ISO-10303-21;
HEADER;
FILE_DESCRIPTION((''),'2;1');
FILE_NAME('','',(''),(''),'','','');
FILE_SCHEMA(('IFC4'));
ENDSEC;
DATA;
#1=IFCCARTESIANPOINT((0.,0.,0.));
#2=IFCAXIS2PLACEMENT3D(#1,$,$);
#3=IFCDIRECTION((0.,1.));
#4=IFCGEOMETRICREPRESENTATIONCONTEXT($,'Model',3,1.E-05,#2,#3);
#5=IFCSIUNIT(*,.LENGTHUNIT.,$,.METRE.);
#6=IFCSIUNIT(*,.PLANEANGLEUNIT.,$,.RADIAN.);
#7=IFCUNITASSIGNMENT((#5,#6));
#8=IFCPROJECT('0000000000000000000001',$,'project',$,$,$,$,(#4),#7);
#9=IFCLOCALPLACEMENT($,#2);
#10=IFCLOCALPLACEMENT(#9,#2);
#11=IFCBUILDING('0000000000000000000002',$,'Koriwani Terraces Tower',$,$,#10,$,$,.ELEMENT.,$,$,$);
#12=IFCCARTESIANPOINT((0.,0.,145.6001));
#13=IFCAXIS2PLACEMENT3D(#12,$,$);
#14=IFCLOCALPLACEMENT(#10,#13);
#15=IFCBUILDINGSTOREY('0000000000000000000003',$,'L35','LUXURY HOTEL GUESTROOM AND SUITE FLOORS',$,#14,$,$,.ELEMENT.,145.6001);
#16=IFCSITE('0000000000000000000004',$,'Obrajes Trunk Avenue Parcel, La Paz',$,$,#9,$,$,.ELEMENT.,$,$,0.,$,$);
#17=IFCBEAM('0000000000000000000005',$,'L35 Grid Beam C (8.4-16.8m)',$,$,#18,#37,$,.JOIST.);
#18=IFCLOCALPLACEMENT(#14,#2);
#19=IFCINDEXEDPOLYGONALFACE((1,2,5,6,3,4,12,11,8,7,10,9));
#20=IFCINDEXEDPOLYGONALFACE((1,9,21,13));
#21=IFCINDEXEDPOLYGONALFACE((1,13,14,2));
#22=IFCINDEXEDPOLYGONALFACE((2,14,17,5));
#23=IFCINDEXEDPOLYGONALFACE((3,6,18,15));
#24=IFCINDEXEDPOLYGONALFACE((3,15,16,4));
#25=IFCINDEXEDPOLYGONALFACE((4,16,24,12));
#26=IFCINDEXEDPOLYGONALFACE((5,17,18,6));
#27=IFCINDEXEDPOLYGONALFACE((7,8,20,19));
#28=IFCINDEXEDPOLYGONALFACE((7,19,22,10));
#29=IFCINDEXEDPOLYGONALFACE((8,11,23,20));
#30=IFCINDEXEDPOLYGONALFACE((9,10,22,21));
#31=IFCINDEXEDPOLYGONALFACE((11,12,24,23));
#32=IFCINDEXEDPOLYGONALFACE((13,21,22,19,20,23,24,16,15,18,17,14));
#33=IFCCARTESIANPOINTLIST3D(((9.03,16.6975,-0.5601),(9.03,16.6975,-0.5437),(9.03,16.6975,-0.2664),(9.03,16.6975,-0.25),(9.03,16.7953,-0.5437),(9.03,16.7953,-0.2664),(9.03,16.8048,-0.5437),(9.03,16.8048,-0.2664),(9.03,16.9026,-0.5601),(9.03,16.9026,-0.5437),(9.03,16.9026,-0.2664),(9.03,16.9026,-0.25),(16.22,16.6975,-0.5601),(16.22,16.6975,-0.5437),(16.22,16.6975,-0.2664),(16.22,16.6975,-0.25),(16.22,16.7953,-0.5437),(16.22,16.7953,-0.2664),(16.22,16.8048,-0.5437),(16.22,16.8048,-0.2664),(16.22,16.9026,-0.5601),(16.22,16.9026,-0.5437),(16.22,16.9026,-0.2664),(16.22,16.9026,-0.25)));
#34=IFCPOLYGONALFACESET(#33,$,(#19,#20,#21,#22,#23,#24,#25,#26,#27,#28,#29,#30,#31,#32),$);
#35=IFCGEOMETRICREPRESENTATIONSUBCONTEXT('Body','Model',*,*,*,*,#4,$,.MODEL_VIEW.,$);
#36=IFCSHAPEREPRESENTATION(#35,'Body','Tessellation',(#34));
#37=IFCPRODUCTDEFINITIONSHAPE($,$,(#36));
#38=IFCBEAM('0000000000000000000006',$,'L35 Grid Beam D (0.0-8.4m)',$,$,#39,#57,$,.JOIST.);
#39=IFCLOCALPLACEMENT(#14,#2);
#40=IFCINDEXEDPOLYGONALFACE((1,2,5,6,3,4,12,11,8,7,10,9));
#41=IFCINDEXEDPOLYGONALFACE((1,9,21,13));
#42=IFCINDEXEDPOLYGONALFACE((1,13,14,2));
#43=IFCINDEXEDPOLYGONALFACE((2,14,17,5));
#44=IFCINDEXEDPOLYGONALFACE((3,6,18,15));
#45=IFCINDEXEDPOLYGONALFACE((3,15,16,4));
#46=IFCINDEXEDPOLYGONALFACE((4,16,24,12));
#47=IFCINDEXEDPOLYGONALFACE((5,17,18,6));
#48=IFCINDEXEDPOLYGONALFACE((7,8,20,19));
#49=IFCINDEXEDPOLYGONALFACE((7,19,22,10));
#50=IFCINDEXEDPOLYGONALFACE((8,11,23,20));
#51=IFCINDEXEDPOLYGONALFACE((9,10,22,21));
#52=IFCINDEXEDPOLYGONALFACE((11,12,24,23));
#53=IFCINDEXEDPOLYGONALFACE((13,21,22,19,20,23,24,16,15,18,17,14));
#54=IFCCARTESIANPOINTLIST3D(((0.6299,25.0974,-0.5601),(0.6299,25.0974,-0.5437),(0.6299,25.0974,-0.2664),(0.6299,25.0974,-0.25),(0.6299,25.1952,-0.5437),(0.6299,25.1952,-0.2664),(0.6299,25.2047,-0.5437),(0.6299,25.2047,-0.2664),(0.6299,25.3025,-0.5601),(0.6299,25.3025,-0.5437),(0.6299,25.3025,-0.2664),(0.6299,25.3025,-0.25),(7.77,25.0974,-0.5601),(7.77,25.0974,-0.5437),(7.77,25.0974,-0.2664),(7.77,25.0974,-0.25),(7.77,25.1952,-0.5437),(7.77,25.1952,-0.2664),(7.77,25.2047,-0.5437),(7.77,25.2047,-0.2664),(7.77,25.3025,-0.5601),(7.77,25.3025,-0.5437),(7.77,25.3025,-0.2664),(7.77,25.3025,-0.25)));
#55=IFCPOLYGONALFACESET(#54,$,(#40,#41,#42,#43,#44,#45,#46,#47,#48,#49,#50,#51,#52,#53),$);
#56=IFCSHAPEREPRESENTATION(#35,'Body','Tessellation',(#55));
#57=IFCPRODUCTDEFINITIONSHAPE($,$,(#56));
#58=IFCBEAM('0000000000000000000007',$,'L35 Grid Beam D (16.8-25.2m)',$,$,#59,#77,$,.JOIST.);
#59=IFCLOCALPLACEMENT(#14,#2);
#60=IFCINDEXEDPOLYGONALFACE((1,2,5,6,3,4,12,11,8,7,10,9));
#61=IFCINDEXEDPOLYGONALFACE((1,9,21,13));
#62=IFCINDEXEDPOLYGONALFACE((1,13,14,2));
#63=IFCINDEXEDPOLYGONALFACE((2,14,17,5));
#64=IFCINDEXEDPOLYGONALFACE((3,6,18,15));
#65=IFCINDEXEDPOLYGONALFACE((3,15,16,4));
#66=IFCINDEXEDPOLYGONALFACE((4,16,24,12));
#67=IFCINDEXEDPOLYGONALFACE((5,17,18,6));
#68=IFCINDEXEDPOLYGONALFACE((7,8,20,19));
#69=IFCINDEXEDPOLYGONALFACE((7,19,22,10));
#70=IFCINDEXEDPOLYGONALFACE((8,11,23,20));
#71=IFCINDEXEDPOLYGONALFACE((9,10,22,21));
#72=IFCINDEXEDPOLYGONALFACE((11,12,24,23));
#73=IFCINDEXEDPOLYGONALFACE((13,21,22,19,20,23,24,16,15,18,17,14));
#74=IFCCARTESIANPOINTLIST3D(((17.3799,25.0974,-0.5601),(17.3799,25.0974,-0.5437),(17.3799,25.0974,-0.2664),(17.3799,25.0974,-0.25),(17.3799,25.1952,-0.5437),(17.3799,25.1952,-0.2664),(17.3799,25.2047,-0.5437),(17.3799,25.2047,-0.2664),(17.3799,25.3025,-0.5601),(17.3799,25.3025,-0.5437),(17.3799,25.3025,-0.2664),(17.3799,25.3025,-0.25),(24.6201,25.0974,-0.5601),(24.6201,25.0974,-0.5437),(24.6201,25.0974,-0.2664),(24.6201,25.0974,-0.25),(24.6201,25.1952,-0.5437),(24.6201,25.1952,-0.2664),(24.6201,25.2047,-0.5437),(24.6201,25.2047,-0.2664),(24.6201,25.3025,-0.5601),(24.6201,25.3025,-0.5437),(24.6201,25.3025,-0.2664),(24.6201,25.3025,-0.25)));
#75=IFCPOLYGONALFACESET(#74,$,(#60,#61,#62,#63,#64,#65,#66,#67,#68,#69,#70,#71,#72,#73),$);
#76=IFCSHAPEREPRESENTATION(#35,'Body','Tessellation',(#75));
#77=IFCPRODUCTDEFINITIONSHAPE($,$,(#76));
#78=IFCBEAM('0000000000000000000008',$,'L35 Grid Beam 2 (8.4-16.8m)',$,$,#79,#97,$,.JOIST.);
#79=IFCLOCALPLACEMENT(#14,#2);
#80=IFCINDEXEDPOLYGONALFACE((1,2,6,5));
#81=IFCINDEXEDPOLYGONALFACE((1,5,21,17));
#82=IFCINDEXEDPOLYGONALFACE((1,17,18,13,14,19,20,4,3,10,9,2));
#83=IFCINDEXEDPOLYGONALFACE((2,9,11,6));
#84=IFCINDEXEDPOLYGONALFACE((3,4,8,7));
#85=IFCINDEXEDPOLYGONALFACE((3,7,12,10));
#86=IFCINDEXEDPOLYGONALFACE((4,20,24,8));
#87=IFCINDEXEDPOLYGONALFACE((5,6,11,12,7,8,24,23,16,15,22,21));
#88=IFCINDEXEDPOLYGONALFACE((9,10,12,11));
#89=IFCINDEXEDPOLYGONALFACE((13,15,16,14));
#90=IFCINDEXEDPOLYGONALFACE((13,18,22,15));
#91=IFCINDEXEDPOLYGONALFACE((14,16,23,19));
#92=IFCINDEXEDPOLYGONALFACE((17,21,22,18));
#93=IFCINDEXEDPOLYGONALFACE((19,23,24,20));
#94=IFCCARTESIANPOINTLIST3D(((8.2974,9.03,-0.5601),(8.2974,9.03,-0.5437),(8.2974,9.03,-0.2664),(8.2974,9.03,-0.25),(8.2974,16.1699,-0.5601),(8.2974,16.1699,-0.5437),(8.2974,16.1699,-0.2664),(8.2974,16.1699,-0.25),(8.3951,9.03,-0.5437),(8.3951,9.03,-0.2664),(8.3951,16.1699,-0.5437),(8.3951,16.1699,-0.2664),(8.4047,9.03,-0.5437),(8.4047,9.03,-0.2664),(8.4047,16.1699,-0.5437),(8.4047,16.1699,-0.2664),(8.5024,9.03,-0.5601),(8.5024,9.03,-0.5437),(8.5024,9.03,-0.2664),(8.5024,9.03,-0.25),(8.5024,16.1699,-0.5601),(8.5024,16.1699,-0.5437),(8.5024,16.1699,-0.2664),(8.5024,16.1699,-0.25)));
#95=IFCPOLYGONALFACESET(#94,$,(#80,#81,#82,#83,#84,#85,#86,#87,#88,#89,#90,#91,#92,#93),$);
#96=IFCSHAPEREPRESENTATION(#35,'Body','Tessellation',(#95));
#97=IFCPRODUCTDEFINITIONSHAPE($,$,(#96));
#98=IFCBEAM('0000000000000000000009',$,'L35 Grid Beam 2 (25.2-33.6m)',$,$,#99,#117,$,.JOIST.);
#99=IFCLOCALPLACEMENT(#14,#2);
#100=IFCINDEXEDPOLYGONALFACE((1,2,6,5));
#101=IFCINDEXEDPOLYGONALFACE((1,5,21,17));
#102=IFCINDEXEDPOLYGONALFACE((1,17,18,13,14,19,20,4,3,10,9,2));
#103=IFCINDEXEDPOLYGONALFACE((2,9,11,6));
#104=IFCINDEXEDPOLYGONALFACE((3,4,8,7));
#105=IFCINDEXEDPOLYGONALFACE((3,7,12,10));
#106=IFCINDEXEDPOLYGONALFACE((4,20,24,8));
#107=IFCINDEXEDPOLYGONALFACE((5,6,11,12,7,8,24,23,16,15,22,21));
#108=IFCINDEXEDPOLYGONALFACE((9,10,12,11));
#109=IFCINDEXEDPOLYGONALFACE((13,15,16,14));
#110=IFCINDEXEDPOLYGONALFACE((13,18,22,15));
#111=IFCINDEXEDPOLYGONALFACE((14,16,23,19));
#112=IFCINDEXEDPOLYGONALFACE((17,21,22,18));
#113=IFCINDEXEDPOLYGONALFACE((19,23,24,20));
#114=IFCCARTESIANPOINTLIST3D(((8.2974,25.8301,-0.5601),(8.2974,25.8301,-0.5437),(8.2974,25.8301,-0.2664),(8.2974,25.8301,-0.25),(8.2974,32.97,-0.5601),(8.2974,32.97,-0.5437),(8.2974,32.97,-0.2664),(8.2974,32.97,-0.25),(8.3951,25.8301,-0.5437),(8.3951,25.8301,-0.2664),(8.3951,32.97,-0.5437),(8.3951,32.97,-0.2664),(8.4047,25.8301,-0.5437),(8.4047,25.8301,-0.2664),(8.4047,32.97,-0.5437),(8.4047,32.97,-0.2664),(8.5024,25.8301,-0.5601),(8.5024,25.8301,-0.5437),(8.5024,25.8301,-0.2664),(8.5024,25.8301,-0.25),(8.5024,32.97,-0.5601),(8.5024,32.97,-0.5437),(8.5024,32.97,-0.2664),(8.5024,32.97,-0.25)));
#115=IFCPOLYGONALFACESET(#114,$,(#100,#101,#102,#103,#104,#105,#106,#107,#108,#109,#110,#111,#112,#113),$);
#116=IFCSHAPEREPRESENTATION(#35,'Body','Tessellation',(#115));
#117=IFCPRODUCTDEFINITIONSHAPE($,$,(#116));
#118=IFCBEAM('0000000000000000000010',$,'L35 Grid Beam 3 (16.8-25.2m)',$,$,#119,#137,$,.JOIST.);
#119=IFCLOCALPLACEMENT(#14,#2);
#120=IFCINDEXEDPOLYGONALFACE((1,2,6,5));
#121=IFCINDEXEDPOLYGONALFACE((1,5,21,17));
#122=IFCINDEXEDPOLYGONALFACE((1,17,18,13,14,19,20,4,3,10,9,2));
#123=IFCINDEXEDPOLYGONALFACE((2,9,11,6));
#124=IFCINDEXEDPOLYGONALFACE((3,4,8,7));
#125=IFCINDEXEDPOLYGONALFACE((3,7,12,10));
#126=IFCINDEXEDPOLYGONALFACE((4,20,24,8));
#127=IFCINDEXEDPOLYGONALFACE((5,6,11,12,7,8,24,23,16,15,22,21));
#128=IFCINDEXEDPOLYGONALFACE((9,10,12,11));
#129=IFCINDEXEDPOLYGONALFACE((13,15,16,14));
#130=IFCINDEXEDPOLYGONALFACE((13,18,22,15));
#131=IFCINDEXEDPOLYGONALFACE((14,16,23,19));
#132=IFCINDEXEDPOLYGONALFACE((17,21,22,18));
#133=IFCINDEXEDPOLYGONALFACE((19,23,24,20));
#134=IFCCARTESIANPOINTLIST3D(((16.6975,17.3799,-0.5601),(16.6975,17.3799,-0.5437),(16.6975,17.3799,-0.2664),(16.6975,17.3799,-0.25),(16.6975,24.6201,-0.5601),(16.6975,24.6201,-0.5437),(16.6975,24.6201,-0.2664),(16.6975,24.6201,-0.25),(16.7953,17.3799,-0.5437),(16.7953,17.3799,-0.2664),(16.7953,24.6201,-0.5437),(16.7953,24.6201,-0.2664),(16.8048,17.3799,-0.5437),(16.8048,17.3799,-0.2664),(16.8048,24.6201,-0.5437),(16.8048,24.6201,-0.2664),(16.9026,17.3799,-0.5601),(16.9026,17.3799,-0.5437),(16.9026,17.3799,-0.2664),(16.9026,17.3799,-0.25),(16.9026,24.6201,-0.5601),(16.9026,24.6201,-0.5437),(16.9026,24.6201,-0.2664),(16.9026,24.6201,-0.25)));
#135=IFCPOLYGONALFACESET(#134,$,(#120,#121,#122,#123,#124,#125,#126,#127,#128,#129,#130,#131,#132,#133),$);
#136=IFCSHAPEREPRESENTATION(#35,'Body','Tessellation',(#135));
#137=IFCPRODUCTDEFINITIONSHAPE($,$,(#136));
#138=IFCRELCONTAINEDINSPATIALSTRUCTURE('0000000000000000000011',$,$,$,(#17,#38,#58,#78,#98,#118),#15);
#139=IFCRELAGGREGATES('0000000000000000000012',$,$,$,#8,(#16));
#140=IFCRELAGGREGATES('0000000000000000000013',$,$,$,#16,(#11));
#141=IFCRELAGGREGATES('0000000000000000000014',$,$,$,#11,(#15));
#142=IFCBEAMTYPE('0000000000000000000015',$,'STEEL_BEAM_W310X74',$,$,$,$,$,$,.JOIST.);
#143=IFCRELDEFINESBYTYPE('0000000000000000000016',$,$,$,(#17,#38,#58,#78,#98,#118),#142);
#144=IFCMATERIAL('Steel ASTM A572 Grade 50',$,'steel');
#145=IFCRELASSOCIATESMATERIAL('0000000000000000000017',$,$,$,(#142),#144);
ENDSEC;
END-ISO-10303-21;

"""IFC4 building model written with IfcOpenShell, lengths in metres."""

from ifc_helpers import new_model, si_unit, direction, frame, origin, origin_2d, place, context, subcontext, project, spatial, i_section, extrude, material, material_profile, profile_set, type_object, element, save


model = new_model("IFC4")

# Units and contexts
model_context = context("Model", 3, precision=1e-05, world=origin(), true_north=direction((0.0, 1.0)))
body_context = subcontext(model_context, "Body", "Model", "MODEL_VIEW")
ifc_project = project(units=[si_unit("LENGTHUNIT", "METRE"), si_unit("PLANEANGLEUNIT", "RADIAN")], contexts=[model_context])

# Site, building, storey
site_placement = place(None, origin())
site = spatial("IfcSite", under=ifc_project, at=site_placement, Name="Obrajes Trunk Avenue Parcel, La Paz", CompositionType="ELEMENT", RefElevation=0.0)
building_placement = place(site_placement, origin())
building = spatial("IfcBuilding", under=site, at=building_placement, Name="Koriwani Terraces Tower", CompositionType="ELEMENT")
storey_placement = place(building_placement, frame((0.0, 0.0, 145.6001)))
storey = spatial("IfcBuildingStorey", under=building, at=storey_placement, Name="L35", Description="LUXURY HOTEL GUESTROOM AND SUITE FLOORS", CompositionType="ELEMENT", Elevation=145.6001)

# Beams
ifc_material_1 = material(Name="Steel ASTM A572 Grade 50", Category="steel")
ifc_material_profile_1 = material_profile(ifc_material_1, i_section(OverallWidth=0.2051, OverallDepth=0.3101, WebThickness=0.0095, FlangeThickness=0.0164, at=origin_2d()), Name="Steel ASTM A572 Grade 50", Category="LoadBearing")
ifc_profile_set_1 = profile_set([ifc_material_profile_1], Name="Steel ASTM A572 Grade 50")
beam_type_1 = type_object("IfcBeamType", Name="STEEL_BEAM_W310X74", PredefinedType="JOIST", material=ifc_profile_set_1)
beam_1_placement = place(storey_placement, frame((9.03, 16.8, -0.405), z_axis=(1.0, 0.0, 0.0), x_axis=(0.0, 1.0, 0.0)))
element("IfcBeam", 1, at=beam_1_placement, inside=storey, type_object=beam_type_1, Name="L35 Grid Beam C (8.4-16.8m)", PredefinedType="JOIST", context=body_context, shape_type="SweptSolid", body=[
    extrude(i_section(OverallWidth=0.2051, OverallDepth=0.3101, WebThickness=0.0095, FlangeThickness=0.0164, at=origin_2d()), origin(), (0.0, 0.0, 1.0), 7.1899),
])
beam_2_placement = place(storey_placement, frame((0.6299, 25.2, -0.405), z_axis=(1.0, 0.0, 0.0), x_axis=(0.0, 1.0, 0.0)))
element("IfcBeam", 2, at=beam_2_placement, inside=storey, type_object=beam_type_1, Name="L35 Grid Beam D (0.0-8.4m)", PredefinedType="JOIST", context=body_context, shape_type="SweptSolid", body=[
    extrude(i_section(OverallWidth=0.2051, OverallDepth=0.3101, WebThickness=0.0095, FlangeThickness=0.0164, at=origin_2d()), origin(), (0.0, 0.0, 1.0), 7.1401),
])
beam_3_placement = place(storey_placement, frame((17.3799, 25.2, -0.405), z_axis=(1.0, 0.0, 0.0), x_axis=(0.0, 1.0, 0.0)))
element("IfcBeam", 3, at=beam_3_placement, inside=storey, type_object=beam_type_1, Name="L35 Grid Beam D (16.8-25.2m)", PredefinedType="JOIST", context=body_context, shape_type="SweptSolid", body=[
    extrude(i_section(OverallWidth=0.2051, OverallDepth=0.3101, WebThickness=0.0095, FlangeThickness=0.0164, at=origin_2d()), origin(), (0.0, 0.0, 1.0), 7.2402),
])
for number, where, z_axis, x_axis, name in (
    (4, (8.3999, 9.03, -0.405), (0.0, 1.0, 0.0), (-1.0, 0.0, 0.0), "L35 Grid Beam 2 (8.4-16.8m)"),
    (5, (8.3999, 25.8301, -0.405), (0.0, 1.0, 0.0), (-1.0, 0.0, 0.0), "L35 Grid Beam 2 (25.2-33.6m)"),
):
    element("IfcBeam", number, at=place(storey_placement, frame(where, z_axis=z_axis, x_axis=x_axis)), inside=storey, type_object=beam_type_1, Name=name, PredefinedType="JOIST", context=body_context, shape_type="SweptSolid", body=[
        extrude(i_section(OverallWidth=0.2051, OverallDepth=0.3101, WebThickness=0.0095, FlangeThickness=0.0164, at=origin_2d()), origin(), (0.0, 0.0, 1.0), 7.1399),
    ])
beam_4_placement = place(storey_placement, frame((16.8, 17.3799, -0.405), z_axis=(0.0, 1.0, 0.0), x_axis=(-1.0, 0.0, 0.0)))
element("IfcBeam", 6, at=beam_4_placement, inside=storey, type_object=beam_type_1, Name="L35 Grid Beam 3 (16.8-25.2m)", PredefinedType="JOIST", context=body_context, shape_type="SweptSolid", body=[
    extrude(i_section(OverallWidth=0.2051, OverallDepth=0.3101, WebThickness=0.0095, FlangeThickness=0.0164, at=origin_2d()), origin(), (0.0, 0.0, 1.0), 7.2402),
])

save(model, "model.ifc")
